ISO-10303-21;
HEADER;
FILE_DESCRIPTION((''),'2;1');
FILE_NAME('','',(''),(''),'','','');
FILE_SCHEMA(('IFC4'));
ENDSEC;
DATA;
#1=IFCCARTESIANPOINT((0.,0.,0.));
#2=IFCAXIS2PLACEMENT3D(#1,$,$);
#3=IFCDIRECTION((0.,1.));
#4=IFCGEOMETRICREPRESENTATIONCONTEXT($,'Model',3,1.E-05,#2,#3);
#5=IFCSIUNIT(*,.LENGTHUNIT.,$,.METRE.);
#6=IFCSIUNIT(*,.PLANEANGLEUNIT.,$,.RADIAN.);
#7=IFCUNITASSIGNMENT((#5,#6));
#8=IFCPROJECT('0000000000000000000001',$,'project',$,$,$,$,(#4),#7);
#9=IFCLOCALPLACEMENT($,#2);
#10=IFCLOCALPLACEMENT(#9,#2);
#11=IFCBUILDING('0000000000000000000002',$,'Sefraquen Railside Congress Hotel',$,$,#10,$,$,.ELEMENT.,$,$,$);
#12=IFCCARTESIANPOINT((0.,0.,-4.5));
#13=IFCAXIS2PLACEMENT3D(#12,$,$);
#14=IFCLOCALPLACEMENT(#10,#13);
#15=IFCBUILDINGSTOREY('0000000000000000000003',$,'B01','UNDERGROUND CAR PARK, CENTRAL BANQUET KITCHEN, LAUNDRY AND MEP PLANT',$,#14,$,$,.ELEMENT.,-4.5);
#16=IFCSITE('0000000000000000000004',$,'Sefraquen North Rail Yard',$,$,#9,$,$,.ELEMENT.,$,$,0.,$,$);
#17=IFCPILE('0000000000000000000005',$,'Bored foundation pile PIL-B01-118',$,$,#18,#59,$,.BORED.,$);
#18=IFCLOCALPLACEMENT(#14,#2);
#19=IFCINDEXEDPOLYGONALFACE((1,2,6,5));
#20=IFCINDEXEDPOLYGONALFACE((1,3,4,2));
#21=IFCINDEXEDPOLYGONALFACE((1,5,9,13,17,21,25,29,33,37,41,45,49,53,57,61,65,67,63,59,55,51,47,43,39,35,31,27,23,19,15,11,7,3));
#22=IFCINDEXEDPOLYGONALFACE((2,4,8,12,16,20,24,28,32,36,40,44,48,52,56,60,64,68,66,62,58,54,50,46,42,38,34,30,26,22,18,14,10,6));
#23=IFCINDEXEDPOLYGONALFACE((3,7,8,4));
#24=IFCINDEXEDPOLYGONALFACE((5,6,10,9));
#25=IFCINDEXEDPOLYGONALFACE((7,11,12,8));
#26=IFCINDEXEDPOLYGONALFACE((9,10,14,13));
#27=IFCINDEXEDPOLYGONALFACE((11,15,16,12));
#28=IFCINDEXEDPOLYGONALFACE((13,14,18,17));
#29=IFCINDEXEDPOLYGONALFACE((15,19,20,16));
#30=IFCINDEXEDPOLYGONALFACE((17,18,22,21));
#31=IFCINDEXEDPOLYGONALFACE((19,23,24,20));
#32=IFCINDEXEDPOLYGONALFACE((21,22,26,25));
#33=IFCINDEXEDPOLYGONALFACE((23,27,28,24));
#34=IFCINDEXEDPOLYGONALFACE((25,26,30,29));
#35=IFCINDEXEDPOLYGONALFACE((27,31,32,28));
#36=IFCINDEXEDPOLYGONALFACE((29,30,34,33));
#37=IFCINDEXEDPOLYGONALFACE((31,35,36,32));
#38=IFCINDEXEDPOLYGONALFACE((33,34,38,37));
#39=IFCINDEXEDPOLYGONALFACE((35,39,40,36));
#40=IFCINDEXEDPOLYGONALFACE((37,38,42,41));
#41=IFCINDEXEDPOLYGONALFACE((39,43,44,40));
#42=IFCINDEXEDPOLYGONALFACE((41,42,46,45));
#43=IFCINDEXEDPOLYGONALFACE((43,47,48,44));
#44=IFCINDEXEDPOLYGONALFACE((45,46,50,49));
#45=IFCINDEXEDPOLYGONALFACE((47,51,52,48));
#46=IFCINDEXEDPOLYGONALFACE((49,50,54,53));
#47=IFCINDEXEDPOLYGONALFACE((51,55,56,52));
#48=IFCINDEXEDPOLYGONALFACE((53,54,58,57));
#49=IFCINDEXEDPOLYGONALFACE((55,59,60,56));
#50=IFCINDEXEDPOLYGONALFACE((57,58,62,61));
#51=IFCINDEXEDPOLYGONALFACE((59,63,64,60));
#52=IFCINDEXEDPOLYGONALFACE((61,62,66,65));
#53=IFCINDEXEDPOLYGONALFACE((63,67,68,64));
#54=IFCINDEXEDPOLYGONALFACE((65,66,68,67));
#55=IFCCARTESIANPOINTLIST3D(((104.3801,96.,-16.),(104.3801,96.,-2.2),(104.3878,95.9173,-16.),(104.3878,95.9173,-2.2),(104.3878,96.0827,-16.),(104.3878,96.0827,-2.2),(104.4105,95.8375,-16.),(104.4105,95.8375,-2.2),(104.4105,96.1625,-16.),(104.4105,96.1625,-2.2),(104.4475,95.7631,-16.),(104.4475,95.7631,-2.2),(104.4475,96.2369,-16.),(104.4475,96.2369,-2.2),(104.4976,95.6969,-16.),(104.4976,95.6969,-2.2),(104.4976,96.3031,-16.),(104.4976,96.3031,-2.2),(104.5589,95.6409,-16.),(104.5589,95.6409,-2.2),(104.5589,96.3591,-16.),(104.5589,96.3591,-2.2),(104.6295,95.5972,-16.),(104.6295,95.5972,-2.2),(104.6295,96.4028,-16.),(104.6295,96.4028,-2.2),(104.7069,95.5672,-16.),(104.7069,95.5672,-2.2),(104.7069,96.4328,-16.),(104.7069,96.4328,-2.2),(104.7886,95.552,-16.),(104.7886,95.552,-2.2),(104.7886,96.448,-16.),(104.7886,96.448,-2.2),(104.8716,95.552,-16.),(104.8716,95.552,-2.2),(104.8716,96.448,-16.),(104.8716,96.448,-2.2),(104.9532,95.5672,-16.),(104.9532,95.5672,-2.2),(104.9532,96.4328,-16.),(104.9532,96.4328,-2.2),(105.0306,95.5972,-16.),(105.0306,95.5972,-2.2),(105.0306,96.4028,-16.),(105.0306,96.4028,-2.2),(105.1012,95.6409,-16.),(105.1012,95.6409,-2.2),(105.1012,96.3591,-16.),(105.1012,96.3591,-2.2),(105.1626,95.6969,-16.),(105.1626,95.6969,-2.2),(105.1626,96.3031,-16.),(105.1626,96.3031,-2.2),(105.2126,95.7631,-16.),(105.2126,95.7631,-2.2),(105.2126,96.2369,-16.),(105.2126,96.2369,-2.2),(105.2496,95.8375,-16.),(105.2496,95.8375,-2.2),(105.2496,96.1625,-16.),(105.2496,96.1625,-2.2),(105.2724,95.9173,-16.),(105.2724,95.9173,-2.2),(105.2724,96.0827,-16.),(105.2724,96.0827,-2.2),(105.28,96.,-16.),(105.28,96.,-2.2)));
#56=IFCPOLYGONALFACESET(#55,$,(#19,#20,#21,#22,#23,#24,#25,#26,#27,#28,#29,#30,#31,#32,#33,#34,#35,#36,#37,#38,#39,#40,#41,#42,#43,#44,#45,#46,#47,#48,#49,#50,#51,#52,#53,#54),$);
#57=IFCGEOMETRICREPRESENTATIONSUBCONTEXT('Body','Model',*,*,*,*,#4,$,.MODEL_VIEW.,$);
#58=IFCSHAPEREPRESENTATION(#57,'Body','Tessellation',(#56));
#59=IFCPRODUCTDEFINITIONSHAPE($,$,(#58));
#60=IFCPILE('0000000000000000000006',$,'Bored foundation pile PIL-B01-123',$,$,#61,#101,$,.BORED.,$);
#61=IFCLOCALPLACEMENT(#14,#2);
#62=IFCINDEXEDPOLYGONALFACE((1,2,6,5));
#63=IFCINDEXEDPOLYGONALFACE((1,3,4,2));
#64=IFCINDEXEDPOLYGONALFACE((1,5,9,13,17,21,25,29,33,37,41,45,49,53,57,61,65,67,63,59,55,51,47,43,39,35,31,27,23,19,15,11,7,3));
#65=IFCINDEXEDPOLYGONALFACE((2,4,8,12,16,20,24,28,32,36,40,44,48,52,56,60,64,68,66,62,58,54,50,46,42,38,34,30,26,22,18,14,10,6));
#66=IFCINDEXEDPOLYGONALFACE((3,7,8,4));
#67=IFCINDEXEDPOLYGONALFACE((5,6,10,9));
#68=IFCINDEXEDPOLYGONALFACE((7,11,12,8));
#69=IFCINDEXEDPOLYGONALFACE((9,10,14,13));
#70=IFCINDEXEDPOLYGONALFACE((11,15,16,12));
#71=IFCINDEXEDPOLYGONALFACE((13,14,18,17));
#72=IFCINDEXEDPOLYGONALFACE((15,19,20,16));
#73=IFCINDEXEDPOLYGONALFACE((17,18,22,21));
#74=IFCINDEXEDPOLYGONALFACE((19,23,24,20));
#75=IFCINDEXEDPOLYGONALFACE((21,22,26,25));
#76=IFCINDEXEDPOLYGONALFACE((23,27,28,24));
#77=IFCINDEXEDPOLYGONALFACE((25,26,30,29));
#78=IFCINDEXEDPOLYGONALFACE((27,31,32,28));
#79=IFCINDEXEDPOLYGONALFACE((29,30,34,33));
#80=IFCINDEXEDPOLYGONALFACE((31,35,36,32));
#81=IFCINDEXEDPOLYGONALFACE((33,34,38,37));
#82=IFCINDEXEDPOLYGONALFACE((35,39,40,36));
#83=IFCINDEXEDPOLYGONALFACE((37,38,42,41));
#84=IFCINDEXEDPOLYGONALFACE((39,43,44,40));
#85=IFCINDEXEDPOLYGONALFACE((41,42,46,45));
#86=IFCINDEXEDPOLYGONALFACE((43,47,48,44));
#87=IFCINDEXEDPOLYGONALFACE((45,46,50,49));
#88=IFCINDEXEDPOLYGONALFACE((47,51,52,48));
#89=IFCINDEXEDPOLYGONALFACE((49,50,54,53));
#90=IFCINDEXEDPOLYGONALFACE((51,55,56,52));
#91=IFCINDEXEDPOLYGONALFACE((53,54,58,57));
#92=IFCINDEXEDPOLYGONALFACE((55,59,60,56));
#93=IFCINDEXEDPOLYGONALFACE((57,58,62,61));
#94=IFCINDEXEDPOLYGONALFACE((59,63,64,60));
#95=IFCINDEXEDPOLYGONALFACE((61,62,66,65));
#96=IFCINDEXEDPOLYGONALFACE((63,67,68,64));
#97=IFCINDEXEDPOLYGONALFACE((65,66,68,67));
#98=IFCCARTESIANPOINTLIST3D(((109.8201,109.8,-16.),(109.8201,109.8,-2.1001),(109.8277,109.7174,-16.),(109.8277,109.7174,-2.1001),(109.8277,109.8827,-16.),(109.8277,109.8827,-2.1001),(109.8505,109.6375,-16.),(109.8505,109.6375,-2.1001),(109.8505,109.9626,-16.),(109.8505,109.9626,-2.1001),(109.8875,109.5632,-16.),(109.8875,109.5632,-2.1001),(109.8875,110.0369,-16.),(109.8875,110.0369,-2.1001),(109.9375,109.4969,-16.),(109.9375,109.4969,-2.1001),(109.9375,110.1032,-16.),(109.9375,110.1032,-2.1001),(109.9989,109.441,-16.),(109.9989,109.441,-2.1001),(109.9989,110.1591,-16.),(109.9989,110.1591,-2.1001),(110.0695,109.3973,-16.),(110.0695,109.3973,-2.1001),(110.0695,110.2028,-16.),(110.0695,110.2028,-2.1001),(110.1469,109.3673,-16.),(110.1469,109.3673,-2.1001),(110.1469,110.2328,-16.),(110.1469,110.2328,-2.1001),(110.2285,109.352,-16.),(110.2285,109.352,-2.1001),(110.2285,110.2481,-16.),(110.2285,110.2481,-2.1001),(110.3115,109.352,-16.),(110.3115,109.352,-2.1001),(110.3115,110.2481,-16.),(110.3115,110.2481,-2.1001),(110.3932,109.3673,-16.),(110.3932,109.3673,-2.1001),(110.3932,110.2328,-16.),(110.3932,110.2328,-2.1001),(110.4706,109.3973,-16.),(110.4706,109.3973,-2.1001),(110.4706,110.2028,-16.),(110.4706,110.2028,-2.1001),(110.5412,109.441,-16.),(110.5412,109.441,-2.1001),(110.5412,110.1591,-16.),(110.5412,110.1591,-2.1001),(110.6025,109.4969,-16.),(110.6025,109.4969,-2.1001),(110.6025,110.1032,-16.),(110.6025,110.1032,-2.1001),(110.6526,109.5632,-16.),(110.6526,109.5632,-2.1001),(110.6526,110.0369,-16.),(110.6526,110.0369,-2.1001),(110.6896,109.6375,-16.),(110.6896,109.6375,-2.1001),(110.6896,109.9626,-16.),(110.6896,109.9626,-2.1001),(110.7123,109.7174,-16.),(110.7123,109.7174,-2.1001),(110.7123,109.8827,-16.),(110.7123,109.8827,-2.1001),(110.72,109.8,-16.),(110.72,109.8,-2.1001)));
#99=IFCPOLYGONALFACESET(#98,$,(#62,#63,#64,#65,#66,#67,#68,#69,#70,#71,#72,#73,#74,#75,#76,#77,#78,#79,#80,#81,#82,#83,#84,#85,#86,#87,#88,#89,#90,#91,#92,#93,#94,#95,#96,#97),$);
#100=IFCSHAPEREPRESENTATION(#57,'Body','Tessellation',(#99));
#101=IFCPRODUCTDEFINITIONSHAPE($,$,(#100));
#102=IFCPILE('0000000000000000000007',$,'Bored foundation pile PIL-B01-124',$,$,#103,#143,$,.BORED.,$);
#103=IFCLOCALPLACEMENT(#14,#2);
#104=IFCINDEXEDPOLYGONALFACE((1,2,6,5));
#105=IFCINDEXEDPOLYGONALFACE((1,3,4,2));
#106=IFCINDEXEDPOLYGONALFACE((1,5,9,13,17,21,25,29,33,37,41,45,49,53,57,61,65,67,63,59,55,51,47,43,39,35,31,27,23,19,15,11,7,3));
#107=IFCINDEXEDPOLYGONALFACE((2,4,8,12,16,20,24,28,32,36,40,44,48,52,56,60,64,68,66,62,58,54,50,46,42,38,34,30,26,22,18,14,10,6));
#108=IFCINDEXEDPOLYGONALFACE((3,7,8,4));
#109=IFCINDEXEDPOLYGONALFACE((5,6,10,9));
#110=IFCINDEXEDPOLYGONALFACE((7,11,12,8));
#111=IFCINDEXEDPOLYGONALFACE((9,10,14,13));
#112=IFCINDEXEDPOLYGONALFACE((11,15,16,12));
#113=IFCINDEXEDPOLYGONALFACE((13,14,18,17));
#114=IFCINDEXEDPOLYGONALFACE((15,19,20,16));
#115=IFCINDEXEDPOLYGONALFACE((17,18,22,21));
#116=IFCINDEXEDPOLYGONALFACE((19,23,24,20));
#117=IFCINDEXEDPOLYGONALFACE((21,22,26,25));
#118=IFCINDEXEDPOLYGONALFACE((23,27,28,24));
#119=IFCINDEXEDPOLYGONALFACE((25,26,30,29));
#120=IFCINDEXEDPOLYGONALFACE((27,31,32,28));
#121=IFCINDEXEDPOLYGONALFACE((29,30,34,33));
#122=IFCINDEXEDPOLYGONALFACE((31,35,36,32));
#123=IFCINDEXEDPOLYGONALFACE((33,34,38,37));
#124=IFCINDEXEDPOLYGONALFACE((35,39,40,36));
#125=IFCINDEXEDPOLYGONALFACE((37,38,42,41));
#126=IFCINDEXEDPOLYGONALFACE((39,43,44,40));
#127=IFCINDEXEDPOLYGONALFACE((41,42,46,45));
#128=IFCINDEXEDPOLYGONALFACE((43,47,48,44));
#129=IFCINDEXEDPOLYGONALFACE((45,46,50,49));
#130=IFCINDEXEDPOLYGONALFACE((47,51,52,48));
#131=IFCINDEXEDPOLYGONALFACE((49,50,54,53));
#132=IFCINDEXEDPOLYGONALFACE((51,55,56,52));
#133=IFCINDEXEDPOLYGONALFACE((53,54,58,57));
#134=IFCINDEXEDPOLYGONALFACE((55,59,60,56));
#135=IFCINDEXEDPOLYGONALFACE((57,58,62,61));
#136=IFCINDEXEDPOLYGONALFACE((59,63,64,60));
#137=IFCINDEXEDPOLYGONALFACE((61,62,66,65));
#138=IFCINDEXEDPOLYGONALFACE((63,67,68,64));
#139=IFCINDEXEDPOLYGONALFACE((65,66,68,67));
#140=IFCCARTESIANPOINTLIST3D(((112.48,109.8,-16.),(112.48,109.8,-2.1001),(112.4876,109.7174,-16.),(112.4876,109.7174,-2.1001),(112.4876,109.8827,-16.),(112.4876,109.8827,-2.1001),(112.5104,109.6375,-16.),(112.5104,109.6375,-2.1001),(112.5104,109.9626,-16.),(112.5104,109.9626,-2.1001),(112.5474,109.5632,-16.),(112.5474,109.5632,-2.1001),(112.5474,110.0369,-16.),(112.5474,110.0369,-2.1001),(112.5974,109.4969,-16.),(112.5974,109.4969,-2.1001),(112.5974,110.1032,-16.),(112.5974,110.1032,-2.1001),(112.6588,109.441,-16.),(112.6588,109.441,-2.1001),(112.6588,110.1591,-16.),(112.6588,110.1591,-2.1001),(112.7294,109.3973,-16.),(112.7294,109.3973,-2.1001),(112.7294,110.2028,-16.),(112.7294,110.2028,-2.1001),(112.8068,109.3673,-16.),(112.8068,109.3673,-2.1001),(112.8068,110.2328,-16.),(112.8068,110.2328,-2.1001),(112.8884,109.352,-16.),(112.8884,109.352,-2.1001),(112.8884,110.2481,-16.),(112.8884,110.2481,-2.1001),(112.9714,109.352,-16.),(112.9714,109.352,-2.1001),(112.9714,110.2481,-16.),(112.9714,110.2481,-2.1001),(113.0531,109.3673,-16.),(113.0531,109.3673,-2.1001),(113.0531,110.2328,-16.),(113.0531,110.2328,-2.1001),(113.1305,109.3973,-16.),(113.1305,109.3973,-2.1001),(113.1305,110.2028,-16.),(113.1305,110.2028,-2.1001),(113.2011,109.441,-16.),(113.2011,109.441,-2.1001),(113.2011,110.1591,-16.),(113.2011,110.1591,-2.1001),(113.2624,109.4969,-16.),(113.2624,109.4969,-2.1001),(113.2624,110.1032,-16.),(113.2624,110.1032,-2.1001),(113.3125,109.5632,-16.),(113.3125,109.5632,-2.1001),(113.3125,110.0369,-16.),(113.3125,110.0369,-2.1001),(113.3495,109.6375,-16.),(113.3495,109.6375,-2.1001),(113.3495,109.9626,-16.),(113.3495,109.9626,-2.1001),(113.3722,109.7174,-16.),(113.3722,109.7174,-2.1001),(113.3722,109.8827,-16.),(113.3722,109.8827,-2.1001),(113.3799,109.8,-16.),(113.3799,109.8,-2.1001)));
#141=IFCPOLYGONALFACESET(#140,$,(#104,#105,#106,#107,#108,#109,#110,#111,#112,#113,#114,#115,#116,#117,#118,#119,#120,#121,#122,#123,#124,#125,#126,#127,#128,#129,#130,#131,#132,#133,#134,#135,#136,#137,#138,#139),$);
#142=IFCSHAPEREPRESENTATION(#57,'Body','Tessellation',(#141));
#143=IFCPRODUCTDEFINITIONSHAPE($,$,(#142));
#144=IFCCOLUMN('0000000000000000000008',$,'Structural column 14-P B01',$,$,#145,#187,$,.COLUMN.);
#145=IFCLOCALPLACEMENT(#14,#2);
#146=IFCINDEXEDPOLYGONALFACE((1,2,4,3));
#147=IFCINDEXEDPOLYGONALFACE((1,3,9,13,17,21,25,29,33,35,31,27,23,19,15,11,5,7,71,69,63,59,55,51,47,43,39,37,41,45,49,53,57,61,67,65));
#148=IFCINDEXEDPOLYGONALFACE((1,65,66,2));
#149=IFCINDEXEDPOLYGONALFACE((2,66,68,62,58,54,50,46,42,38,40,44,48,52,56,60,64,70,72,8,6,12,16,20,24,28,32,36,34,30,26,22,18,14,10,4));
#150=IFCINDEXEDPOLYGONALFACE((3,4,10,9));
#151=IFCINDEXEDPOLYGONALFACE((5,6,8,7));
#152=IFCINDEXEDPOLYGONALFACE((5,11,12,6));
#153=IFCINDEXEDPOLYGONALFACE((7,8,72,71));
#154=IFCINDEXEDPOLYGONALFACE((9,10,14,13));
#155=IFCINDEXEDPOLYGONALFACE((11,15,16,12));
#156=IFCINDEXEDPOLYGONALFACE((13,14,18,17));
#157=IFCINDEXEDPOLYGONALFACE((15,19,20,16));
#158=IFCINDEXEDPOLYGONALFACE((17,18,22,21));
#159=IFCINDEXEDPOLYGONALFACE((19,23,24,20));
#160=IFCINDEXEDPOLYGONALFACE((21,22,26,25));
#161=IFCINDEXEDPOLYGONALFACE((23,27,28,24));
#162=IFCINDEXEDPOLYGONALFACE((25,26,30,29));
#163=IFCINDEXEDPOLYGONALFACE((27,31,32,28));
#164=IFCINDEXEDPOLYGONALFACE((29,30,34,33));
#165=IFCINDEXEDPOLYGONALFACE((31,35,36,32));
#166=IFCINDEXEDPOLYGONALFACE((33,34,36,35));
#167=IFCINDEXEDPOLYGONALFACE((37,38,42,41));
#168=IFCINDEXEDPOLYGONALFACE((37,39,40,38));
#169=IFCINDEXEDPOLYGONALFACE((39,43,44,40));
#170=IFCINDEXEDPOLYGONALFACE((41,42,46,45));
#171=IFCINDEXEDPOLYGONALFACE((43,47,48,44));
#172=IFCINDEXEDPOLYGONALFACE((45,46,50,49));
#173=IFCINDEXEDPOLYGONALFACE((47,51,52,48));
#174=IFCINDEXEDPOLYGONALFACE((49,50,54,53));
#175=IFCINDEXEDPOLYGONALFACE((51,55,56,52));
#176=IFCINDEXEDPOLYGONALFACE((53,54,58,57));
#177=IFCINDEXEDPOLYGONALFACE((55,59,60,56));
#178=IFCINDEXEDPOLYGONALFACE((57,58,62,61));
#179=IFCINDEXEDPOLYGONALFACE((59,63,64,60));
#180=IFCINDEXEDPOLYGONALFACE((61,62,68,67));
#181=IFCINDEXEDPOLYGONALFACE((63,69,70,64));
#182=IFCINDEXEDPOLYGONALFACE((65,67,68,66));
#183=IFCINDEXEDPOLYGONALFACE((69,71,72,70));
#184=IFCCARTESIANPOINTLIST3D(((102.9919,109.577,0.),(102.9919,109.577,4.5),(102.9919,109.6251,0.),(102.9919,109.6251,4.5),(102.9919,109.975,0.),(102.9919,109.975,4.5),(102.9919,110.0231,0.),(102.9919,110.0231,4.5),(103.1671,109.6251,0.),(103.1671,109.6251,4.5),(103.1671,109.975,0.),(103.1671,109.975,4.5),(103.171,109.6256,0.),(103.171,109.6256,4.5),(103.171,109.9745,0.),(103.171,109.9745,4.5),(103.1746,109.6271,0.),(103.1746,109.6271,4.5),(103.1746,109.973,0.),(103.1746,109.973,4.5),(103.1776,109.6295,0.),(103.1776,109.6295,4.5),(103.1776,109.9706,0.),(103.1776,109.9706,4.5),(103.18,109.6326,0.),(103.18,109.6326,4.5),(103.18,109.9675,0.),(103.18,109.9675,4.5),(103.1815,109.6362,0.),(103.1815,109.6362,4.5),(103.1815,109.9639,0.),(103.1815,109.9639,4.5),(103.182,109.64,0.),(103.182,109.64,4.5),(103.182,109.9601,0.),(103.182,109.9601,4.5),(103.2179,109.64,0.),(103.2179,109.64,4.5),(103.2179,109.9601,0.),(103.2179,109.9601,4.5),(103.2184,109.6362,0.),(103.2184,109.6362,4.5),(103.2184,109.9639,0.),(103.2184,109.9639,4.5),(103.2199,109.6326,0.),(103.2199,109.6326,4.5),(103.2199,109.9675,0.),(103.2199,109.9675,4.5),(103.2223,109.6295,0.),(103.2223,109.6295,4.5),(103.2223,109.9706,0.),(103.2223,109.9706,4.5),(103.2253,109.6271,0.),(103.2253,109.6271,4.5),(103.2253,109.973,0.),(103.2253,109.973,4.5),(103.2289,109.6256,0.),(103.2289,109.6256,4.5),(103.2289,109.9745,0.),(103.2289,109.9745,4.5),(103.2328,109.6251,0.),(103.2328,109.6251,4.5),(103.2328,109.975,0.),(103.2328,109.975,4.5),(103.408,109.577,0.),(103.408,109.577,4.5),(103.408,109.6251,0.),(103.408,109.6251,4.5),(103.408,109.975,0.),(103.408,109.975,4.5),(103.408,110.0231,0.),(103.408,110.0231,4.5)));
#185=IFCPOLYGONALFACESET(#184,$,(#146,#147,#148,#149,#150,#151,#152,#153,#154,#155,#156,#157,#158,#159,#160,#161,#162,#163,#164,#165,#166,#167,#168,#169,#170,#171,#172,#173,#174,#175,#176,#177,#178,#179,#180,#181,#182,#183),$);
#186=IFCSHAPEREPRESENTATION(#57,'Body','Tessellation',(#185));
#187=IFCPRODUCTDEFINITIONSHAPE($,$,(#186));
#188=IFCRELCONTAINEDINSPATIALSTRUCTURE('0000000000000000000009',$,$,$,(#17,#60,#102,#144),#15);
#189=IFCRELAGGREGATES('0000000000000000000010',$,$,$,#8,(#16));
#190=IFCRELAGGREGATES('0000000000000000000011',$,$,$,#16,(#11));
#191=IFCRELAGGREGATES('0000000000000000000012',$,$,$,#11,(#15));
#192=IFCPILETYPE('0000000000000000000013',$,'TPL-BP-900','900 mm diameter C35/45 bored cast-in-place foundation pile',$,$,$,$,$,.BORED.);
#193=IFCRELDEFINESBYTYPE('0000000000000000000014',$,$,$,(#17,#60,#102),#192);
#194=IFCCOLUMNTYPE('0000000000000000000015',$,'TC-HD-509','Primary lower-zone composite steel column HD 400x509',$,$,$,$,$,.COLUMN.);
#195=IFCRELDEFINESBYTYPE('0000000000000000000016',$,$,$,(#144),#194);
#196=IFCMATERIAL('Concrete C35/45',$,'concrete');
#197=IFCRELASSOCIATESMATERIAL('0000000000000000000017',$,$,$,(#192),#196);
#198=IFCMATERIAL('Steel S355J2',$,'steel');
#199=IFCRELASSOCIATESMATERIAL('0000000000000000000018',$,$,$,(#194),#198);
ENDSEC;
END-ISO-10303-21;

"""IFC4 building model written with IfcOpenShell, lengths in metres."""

from ifc_helpers import new_model, si_unit, direction, frame, origin, origin_2d, place, context, subcontext, project, spatial, circle, i_section, extrude, material, material_profile, profile_set, type_object, element, save


model = new_model("IFC4")

# Units and contexts
model_context = context("Model", 3, precision=1e-05, world=origin(), true_north=direction((0.0, 1.0)))
body_context = subcontext(model_context, "Body", "Model", "MODEL_VIEW")
ifc_project = project(units=[si_unit("LENGTHUNIT", "METRE"), si_unit("PLANEANGLEUNIT", "RADIAN")], contexts=[model_context])

# Site, building, storey
site_placement = place(None, origin())
site = spatial("IfcSite", under=ifc_project, at=site_placement, Name="Sefraquen North Rail Yard", CompositionType="ELEMENT", RefElevation=0.0)
building_placement = place(site_placement, origin())
building = spatial("IfcBuilding", under=site, at=building_placement, Name="Sefraquen Railside Congress Hotel", CompositionType="ELEMENT")
storey_placement = place(building_placement, frame((0.0, 0.0, -4.5)))
storey = spatial("IfcBuildingStorey", under=building, at=storey_placement, Name="B01", Description="UNDERGROUND CAR PARK, CENTRAL BANQUET KITCHEN, LAUNDRY AND MEP PLANT", CompositionType="ELEMENT", Elevation=-4.5)

# Piles
ifc_material_1 = material(Name="Concrete C35/45", Category="concrete")
ifc_material_profile_1 = material_profile(ifc_material_1, circle(Radius=0.45, at=origin_2d()), Name="BORED PILE 900")
ifc_profile_set_1 = profile_set([ifc_material_profile_1], Name="Concrete C35/45")
pile_type_1 = type_object("IfcPileType", Name="TPL-BP-900", Description="900 mm diameter C35/45 bored cast-in-place foundation pile", PredefinedType="BORED", material=ifc_profile_set_1)
pile_1_placement = place(storey_placement, frame((104.8301, 96.0, -2.2), z_axis=(0.0, 0.0, -1.0), x_axis=(1.0, 0.0, 0.0)))
element("IfcPile", 1, at=pile_1_placement, inside=storey, type_object=pile_type_1, Name="Bored foundation pile PIL-B01-118", PredefinedType="BORED", context=body_context, shape_type="SweptSolid", body=[
    extrude(circle(Radius=0.45, at=origin_2d()), origin(), (0.0, 0.0, 1.0), 13.8),
])
for number, where, z_axis, x_axis, name in (
    (2, (110.27, 109.8, -2.1001), (0.0, 0.0, -1.0), (1.0, 0.0, 0.0), "Bored foundation pile PIL-B01-123"),
    (3, (112.9299, 109.8, -2.1001), (0.0, 0.0, -1.0), (1.0, 0.0, 0.0), "Bored foundation pile PIL-B01-124"),
):
    element("IfcPile", number, at=place(storey_placement, frame(where, z_axis=z_axis, x_axis=x_axis)), inside=storey, type_object=pile_type_1, Name=name, PredefinedType="BORED", context=body_context, shape_type="SweptSolid", body=[
        extrude(circle(Radius=0.45, at=origin_2d()), origin(), (0.0, 0.0, 1.0), 13.8999),
    ])

# Column
ifc_material_2 = material(Name="Steel S355J2", Category="steel")
ifc_material_profile_2 = material_profile(ifc_material_2, i_section(OverallWidth=0.416, OverallDepth=0.446, WebThickness=0.0359, FlangeThickness=0.0481, FilletRadius=0.0149, at=origin_2d()), Name="HD 400x509")
ifc_profile_set_2 = profile_set([ifc_material_profile_2], Name="Steel S355J2")
column_type_1 = type_object("IfcColumnType", Name="TC-HD-509", Description="Primary lower-zone composite steel column HD 400x509", PredefinedType="COLUMN", material=ifc_profile_set_2)
for number, where, z_axis, x_axis, name in (
    (4, (103.2, 109.8, 0.0), (0.0, 0.0, 1.0), (1.0, 0.0, 0.0), "Structural column 14-P B01"),
):
    element("IfcColumn", number, at=place(storey_placement, frame(where, z_axis=z_axis, x_axis=x_axis)), inside=storey, type_object=column_type_1, Name=name, PredefinedType="COLUMN", context=body_context, shape_type="SweptSolid", body=[
        extrude(i_section(OverallWidth=0.416, OverallDepth=0.446, WebThickness=0.0359, FlangeThickness=0.0481, FilletRadius=0.0149, at=origin_2d()), origin(), (0.0, 0.0, 1.0), 4.5),
    ])

save(model, "model.ifc")
